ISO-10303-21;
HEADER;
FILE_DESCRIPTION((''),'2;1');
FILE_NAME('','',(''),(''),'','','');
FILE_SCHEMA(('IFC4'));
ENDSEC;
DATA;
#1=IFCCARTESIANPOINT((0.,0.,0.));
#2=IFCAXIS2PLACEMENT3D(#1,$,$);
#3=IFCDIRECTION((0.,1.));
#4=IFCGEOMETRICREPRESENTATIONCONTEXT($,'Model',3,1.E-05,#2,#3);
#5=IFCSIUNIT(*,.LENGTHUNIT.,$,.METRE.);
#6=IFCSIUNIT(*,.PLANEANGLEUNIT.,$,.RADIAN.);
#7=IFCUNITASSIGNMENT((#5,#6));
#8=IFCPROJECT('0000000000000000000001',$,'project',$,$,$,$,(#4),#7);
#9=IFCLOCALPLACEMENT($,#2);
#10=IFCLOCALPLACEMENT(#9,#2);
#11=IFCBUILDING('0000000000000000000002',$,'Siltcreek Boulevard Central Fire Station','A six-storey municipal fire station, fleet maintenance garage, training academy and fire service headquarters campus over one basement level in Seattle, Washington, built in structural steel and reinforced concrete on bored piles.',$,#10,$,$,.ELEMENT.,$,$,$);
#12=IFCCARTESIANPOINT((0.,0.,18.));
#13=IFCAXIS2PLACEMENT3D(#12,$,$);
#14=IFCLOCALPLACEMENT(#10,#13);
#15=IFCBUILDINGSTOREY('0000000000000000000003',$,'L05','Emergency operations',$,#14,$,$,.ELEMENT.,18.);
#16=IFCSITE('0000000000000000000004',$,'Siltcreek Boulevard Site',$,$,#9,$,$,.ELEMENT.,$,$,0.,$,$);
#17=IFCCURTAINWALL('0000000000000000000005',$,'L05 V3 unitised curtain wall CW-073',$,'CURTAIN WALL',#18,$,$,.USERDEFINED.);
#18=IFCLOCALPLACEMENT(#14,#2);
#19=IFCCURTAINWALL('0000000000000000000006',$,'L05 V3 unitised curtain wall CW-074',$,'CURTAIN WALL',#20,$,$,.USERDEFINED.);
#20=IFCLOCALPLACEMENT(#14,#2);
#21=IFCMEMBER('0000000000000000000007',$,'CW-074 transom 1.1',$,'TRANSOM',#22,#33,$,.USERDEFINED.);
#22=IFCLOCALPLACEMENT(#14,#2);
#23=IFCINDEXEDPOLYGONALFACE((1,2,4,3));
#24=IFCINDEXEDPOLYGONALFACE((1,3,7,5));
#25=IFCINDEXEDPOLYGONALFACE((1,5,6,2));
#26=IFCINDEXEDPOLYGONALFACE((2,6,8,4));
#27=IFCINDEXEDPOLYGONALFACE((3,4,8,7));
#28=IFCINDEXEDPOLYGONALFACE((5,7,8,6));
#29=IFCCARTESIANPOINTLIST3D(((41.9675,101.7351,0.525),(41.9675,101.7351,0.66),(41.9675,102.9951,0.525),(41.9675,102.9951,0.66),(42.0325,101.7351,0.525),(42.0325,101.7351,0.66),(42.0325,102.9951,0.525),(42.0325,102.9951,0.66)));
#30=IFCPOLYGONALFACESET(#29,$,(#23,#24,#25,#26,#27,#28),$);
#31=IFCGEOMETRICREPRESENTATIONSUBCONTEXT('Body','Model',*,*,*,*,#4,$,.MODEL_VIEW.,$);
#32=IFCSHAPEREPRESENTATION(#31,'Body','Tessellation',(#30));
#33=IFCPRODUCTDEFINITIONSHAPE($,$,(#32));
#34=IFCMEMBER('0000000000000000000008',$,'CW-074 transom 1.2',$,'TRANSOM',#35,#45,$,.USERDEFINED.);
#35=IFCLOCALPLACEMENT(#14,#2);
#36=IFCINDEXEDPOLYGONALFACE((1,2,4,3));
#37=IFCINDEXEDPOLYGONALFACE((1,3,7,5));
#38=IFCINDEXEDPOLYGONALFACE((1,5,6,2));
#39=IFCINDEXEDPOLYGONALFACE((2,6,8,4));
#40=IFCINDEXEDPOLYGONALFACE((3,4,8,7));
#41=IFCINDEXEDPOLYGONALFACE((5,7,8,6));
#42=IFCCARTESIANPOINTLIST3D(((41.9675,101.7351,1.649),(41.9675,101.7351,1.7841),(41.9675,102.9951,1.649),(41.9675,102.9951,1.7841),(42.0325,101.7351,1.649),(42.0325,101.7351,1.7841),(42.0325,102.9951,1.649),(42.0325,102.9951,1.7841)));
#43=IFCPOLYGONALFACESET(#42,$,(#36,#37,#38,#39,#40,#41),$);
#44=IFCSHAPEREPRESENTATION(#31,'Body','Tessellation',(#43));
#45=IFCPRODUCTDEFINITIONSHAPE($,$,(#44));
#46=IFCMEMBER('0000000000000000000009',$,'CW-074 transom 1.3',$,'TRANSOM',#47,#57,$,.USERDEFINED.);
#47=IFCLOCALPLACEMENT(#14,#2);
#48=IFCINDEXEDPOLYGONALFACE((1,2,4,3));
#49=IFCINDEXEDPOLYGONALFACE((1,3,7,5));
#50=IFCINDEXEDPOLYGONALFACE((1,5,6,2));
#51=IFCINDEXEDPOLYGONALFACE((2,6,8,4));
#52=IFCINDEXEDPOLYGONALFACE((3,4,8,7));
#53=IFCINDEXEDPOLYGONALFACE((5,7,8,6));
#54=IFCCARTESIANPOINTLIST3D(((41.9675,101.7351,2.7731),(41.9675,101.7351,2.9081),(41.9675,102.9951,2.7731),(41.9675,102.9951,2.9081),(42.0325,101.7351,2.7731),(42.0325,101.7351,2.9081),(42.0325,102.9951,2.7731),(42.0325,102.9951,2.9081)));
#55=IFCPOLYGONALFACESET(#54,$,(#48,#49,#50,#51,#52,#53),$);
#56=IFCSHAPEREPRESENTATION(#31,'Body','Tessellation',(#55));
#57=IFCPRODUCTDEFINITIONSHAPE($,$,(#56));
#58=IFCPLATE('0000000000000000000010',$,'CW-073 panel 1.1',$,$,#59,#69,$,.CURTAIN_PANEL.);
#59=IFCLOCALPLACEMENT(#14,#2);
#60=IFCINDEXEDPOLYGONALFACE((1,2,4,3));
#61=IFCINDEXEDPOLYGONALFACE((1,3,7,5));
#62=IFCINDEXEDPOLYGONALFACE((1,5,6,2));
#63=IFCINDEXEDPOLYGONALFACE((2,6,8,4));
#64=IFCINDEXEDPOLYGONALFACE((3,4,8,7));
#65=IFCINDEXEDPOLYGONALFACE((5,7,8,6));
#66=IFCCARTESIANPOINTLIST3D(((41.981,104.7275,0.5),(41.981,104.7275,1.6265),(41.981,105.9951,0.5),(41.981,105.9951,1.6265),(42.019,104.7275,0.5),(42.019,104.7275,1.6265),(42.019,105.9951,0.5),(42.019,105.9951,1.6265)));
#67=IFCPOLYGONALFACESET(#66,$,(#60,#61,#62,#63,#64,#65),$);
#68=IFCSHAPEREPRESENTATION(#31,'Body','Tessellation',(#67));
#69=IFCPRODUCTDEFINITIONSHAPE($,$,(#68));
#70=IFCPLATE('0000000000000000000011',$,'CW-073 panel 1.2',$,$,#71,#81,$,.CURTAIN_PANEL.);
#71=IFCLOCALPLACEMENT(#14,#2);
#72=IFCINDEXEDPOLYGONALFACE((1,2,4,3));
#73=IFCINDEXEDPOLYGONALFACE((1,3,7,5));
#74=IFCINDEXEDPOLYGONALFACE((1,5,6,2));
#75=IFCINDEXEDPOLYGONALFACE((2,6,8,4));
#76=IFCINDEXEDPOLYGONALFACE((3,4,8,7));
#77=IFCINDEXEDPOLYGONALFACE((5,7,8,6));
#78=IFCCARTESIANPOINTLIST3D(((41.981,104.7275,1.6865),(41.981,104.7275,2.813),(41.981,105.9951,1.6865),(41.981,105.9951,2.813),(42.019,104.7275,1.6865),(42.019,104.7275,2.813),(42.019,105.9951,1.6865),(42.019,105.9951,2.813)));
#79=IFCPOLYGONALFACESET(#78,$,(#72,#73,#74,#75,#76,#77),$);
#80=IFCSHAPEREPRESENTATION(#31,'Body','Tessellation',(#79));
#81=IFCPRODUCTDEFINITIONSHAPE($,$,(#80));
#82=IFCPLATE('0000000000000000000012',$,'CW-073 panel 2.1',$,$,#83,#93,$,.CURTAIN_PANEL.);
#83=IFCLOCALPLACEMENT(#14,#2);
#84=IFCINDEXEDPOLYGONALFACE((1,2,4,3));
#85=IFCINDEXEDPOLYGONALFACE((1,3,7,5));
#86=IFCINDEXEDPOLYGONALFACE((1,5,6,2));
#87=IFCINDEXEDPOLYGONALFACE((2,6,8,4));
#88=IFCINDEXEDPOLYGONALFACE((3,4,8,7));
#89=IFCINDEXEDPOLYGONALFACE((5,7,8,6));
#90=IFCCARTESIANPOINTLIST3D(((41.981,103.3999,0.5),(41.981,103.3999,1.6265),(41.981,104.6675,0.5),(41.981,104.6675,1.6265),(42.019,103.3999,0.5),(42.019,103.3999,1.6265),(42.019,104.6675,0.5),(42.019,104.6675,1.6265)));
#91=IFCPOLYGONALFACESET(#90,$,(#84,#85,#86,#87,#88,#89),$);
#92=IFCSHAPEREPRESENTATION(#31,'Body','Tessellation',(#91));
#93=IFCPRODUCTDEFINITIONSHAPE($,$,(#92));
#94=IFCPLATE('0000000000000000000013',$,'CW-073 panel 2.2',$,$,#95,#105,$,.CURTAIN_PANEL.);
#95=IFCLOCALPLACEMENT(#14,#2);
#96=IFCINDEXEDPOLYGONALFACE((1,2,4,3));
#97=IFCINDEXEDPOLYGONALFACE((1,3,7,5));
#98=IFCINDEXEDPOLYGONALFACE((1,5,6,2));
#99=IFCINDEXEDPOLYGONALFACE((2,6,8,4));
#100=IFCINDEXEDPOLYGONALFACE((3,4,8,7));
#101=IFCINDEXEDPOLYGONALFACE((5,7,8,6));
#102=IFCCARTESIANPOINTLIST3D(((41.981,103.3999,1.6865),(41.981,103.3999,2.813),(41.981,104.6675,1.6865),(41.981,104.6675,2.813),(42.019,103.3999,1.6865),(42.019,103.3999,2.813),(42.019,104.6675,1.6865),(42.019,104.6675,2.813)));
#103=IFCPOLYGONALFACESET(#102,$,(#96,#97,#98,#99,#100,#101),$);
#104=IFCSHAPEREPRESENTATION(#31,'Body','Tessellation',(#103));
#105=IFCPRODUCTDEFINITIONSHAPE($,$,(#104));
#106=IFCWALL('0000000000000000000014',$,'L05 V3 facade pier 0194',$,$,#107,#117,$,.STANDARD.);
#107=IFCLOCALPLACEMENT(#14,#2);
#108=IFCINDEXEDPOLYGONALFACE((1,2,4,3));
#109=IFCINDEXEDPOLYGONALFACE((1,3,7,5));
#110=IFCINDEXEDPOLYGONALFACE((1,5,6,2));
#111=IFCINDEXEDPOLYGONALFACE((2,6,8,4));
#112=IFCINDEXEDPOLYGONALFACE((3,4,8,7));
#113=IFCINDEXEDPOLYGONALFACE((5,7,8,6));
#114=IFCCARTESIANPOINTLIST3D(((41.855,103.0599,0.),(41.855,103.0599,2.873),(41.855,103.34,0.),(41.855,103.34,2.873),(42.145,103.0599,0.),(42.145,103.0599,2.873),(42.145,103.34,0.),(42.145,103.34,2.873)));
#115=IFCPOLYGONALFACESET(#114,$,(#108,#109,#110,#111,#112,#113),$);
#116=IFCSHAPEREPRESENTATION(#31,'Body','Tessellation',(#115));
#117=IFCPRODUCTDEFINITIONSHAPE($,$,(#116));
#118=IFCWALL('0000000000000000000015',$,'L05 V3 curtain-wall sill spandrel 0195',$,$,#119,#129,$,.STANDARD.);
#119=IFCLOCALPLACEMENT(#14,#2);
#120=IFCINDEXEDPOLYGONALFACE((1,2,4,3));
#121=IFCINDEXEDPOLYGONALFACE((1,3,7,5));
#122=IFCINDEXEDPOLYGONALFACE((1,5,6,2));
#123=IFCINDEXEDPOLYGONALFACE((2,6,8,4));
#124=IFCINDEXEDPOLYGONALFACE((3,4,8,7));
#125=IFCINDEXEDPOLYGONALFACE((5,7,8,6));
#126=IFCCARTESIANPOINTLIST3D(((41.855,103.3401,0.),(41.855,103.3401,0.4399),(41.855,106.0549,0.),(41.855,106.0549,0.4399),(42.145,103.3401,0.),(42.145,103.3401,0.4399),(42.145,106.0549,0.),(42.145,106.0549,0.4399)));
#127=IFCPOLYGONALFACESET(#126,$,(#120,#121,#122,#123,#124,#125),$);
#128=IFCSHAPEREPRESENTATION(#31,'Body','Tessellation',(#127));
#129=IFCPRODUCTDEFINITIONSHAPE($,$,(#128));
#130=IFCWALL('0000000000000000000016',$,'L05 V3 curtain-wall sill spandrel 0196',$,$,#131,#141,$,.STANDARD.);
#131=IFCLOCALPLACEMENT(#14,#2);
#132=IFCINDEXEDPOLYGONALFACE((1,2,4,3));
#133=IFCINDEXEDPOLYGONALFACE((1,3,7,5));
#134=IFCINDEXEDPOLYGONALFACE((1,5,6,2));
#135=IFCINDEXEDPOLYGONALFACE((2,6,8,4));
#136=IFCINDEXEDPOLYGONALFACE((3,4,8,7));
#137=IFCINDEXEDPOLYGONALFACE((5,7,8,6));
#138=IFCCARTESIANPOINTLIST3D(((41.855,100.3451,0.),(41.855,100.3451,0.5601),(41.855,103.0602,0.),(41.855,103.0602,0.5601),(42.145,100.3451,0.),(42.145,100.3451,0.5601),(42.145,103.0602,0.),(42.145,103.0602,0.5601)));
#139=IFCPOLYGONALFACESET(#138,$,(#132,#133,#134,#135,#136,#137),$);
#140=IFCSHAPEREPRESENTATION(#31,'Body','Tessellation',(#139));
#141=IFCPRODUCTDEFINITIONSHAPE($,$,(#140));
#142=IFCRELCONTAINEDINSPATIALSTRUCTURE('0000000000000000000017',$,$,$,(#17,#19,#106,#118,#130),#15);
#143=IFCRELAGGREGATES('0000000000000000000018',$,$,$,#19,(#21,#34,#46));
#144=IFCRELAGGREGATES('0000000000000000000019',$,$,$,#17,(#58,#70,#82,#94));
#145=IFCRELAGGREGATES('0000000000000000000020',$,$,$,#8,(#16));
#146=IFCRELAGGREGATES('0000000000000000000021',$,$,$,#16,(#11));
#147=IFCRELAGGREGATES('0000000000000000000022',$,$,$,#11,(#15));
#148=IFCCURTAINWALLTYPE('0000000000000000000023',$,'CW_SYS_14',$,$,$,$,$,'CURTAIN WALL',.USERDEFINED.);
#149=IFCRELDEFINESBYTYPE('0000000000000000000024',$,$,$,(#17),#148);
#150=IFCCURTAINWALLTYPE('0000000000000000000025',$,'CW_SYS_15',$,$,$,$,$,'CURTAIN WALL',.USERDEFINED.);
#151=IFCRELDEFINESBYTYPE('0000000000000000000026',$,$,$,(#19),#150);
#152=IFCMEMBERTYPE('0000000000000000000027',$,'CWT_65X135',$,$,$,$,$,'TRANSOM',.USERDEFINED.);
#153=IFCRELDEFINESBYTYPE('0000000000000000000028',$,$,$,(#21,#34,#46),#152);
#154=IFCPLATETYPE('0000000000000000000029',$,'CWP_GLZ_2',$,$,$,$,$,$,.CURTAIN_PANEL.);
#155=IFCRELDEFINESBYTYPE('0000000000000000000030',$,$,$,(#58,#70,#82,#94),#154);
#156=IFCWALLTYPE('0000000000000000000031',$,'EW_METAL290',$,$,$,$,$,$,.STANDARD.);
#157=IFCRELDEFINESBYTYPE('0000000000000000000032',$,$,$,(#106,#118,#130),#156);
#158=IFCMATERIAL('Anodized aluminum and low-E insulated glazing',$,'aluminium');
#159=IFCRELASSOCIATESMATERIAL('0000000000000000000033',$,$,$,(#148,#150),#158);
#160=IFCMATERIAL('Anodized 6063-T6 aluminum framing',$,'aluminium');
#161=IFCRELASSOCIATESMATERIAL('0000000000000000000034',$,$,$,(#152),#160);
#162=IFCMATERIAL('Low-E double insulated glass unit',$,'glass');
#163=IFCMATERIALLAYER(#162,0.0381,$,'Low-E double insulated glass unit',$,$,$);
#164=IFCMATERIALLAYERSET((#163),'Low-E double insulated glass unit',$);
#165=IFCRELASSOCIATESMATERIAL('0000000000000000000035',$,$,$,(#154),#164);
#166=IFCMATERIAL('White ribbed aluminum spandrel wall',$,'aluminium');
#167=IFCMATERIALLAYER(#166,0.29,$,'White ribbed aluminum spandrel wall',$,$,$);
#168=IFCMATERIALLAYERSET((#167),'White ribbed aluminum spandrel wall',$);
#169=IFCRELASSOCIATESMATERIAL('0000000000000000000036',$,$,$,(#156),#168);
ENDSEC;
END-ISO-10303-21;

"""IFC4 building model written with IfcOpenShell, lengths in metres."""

from ifc_helpers import new_model, si_unit, direction, frame, frame_2d, origin, origin_2d, place, context, subcontext, project, spatial, rectangle, extrude, material, layer, layer_set, material_profile, profile_set, type_object, element, aggregate, save


model = new_model("IFC4")

# Units and contexts
model_context = context("Model", 3, precision=1e-05, world=origin(), true_north=direction((0.0, 1.0)))
body_context = subcontext(model_context, "Body", "Model", "MODEL_VIEW")
ifc_project = project(units=[si_unit("LENGTHUNIT", "METRE"), si_unit("PLANEANGLEUNIT", "RADIAN")], contexts=[model_context])

# Site, building, storey
site_placement = place(None, origin())
site = spatial("IfcSite", under=ifc_project, at=site_placement, Name="Siltcreek Boulevard Site", CompositionType="ELEMENT", RefElevation=0.0)
building_placement = place(site_placement, origin())
building = spatial("IfcBuilding", under=site, at=building_placement, Name="Siltcreek Boulevard Central Fire Station", Description="A six-storey municipal fire station, fleet maintenance garage, training academy and fire service headquarters campus over one basement level in Seattle, Washington, built in structural steel and reinforced concrete on bored piles.", CompositionType="ELEMENT")
storey_placement = place(building_placement, frame((0.0, 0.0, 18.0)))
storey = spatial("IfcBuildingStorey", under=building, at=storey_placement, Name="L05", Description="Emergency operations", CompositionType="ELEMENT", Elevation=18.0)

# Curtain wall
ifc_material_1 = material(Name="Anodized aluminum and low-E insulated glazing", Category="aluminium")
curtain_wall_type_1 = type_object("IfcCurtainWallType", Name="CW_SYS_14", ElementType="CURTAIN WALL", PredefinedType="USERDEFINED", material=ifc_material_1)
curtain_wall_1_placement = place(storey_placement, origin())
curtain_wall_1 = element("IfcCurtainWall", 1, at=curtain_wall_1_placement, inside=storey, type_object=curtain_wall_type_1, Name="L05 V3 unitised curtain wall CW-073", ObjectType="CURTAIN WALL", PredefinedType="USERDEFINED")
ifc_material_2 = material(Name="Anodized 6063-T6 aluminum framing", Category="aluminium")

# Curtain wall
curtain_wall_type_2 = type_object("IfcCurtainWallType", Name="CW_SYS_15", ElementType="CURTAIN WALL", PredefinedType="USERDEFINED", material=ifc_material_1)
curtain_wall_2_placement = place(storey_placement, origin())
curtain_wall_2 = element("IfcCurtainWall", 2, at=curtain_wall_2_placement, inside=storey, type_object=curtain_wall_type_2, Name="L05 V3 unitised curtain wall CW-074", ObjectType="CURTAIN WALL", PredefinedType="USERDEFINED")

# Members
ifc_material_profile_1 = material_profile(ifc_material_2, rectangle(XDim=0.0649, YDim=0.135, at=origin_2d()), Name="TRAN65X135")
ifc_profile_set_1 = profile_set([ifc_material_profile_1], Name="Anodized 6063-T6 aluminum framing")
member_type_1 = type_object("IfcMemberType", Name="CWT_65X135", ElementType="TRANSOM", PredefinedType="USERDEFINED", material=ifc_profile_set_1)
member_1_placement = place(storey_placement, frame((42.0, 102.9951, 0.5925), z_axis=(0.0, -1.0, 0.0), x_axis=(1.0, 0.0, 0.0)))
member_1 = element("IfcMember", 3, at=member_1_placement, type_object=member_type_1, Name="CW-074 transom 1.1", ObjectType="TRANSOM", PredefinedType="USERDEFINED", context=body_context, shape_type="SweptSolid", body=[
    extrude(rectangle(XDim=0.0649, YDim=0.135, at=origin_2d()), origin(), (0.0, 0.0, 1.0), 1.26),
])
member_2_placement = place(storey_placement, frame((42.0, 102.9951, 1.7166), z_axis=(0.0, -1.0, 0.0), x_axis=(1.0, 0.0, 0.0)))
member_2 = element("IfcMember", 4, at=member_2_placement, type_object=member_type_1, Name="CW-074 transom 1.2", ObjectType="TRANSOM", PredefinedType="USERDEFINED", context=body_context, shape_type="SweptSolid", body=[
    extrude(rectangle(XDim=0.0649, YDim=0.135, at=origin_2d()), origin(), (0.0, 0.0, 1.0), 1.26),
])
member_3_placement = place(storey_placement, frame((42.0, 102.9951, 2.8406), z_axis=(0.0, -1.0, 0.0), x_axis=(1.0, 0.0, 0.0)))
member_3 = element("IfcMember", 5, at=member_3_placement, type_object=member_type_1, Name="CW-074 transom 1.3", ObjectType="TRANSOM", PredefinedType="USERDEFINED", context=body_context, shape_type="SweptSolid", body=[
    extrude(rectangle(XDim=0.0649, YDim=0.135, at=origin_2d()), origin(), (0.0, 0.0, 1.0), 1.26),
])
aggregate(curtain_wall_2, [member_1, member_2, member_3])

# Plates
ifc_material_3 = material(Name="Low-E double insulated glass unit", Category="glass")
ifc_layer_1 = layer(ifc_material_3, 0.0381, Name="Low-E double insulated glass unit")
ifc_layer_set_1 = layer_set([ifc_layer_1], Name="Low-E double insulated glass unit")
plate_type = type_object("IfcPlateType", Name="CWP_GLZ_2", PredefinedType="CURTAIN_PANEL", material=ifc_layer_set_1)
plate_1_placement = place(storey_placement, frame((42.0, 105.3613, 0.5), z_axis=(0.0, 0.0, 1.0), x_axis=(0.0, -1.0, 0.0)))
plate_1 = element("IfcPlate", 6, at=plate_1_placement, type_object=plate_type, Name="CW-073 panel 1.1", PredefinedType="CURTAIN_PANEL", context=body_context, shape_type="SweptSolid", body=[
    extrude(rectangle(XDim=1.2676, YDim=0.0381, at=origin_2d()), origin(), (0.0, 0.0, 1.0), 1.1265),
])
plate_2_placement = place(storey_placement, frame((42.0, 105.3613, 1.6865), z_axis=(0.0, 0.0, 1.0), x_axis=(0.0, -1.0, 0.0)))
plate_2 = element("IfcPlate", 7, at=plate_2_placement, type_object=plate_type, Name="CW-073 panel 1.2", PredefinedType="CURTAIN_PANEL", context=body_context, shape_type="SweptSolid", body=[
    extrude(rectangle(XDim=1.2676, YDim=0.0381, at=origin_2d()), origin(), (0.0, 0.0, 1.0), 1.1265),
])
plate_3_placement = place(storey_placement, frame((42.0, 104.0337, 0.5), z_axis=(0.0, 0.0, 1.0), x_axis=(0.0, -1.0, 0.0)))
plate_3 = element("IfcPlate", 8, at=plate_3_placement, type_object=plate_type, Name="CW-073 panel 2.1", PredefinedType="CURTAIN_PANEL", context=body_context, shape_type="SweptSolid", body=[
    extrude(rectangle(XDim=1.2676, YDim=0.0381, at=origin_2d()), origin(), (0.0, 0.0, 1.0), 1.1265),
])
plate_4_placement = place(storey_placement, frame((42.0, 104.0337, 1.6865), z_axis=(0.0, 0.0, 1.0), x_axis=(0.0, -1.0, 0.0)))
plate_4 = element("IfcPlate", 9, at=plate_4_placement, type_object=plate_type, Name="CW-073 panel 2.2", PredefinedType="CURTAIN_PANEL", context=body_context, shape_type="SweptSolid", body=[
    extrude(rectangle(XDim=1.2676, YDim=0.0381, at=origin_2d()), origin(), (0.0, 0.0, 1.0), 1.1265),
])
aggregate(curtain_wall_1, [plate_1, plate_2, plate_3, plate_4])

# Walls
ifc_material_4 = material(Name="White ribbed aluminum spandrel wall", Category="aluminium")
ifc_layer_2 = layer(ifc_material_4, 0.29, Name="White ribbed aluminum spandrel wall")
ifc_layer_set_2 = layer_set([ifc_layer_2], Name="White ribbed aluminum spandrel wall")
wall_type = type_object("IfcWallType", Name="EW_METAL290", PredefinedType="STANDARD", material=ifc_layer_set_2)
wall_1_placement = place(storey_placement, frame((42.0, 103.3401, 0.0), z_axis=(0.0, 0.0, 1.0), x_axis=(0.0, -1.0, 0.0)))
element("IfcWall", 10, at=wall_1_placement, inside=storey, type_object=wall_type, Name="L05 V3 facade pier 0194", PredefinedType="STANDARD", context=body_context, shape_type="SweptSolid", body=[
    extrude(rectangle(XDim=0.28, YDim=0.29, at=frame_2d((0.1401, 0.0))), origin(), (0.0, 0.0, 1.0), 2.873),
])
wall_2_placement = place(storey_placement, frame((42.0, 106.0549, 0.0), z_axis=(0.0, 0.0, 1.0), x_axis=(0.0, -1.0, 0.0)))
element("IfcWall", 11, at=wall_2_placement, inside=storey, type_object=wall_type, Name="L05 V3 curtain-wall sill spandrel 0195", PredefinedType="STANDARD", context=body_context, shape_type="SweptSolid", body=[
    extrude(rectangle(XDim=2.7148, YDim=0.29, at=frame_2d((1.3574, 0.0))), origin(), (0.0, 0.0, 1.0), 0.4399),
])
wall_3_placement = place(storey_placement, frame((42.0, 103.0601, 0.0), z_axis=(0.0, 0.0, 1.0), x_axis=(0.0, -1.0, 0.0)))
element("IfcWall", 12, at=wall_3_placement, inside=storey, type_object=wall_type, Name="L05 V3 curtain-wall sill spandrel 0196", PredefinedType="STANDARD", context=body_context, shape_type="SweptSolid", body=[
    extrude(rectangle(XDim=2.7151, YDim=0.29, at=frame_2d((1.3574, 0.0))), origin(), (0.0, 0.0, 1.0), 0.5601),
])

save(model, "model.ifc")
